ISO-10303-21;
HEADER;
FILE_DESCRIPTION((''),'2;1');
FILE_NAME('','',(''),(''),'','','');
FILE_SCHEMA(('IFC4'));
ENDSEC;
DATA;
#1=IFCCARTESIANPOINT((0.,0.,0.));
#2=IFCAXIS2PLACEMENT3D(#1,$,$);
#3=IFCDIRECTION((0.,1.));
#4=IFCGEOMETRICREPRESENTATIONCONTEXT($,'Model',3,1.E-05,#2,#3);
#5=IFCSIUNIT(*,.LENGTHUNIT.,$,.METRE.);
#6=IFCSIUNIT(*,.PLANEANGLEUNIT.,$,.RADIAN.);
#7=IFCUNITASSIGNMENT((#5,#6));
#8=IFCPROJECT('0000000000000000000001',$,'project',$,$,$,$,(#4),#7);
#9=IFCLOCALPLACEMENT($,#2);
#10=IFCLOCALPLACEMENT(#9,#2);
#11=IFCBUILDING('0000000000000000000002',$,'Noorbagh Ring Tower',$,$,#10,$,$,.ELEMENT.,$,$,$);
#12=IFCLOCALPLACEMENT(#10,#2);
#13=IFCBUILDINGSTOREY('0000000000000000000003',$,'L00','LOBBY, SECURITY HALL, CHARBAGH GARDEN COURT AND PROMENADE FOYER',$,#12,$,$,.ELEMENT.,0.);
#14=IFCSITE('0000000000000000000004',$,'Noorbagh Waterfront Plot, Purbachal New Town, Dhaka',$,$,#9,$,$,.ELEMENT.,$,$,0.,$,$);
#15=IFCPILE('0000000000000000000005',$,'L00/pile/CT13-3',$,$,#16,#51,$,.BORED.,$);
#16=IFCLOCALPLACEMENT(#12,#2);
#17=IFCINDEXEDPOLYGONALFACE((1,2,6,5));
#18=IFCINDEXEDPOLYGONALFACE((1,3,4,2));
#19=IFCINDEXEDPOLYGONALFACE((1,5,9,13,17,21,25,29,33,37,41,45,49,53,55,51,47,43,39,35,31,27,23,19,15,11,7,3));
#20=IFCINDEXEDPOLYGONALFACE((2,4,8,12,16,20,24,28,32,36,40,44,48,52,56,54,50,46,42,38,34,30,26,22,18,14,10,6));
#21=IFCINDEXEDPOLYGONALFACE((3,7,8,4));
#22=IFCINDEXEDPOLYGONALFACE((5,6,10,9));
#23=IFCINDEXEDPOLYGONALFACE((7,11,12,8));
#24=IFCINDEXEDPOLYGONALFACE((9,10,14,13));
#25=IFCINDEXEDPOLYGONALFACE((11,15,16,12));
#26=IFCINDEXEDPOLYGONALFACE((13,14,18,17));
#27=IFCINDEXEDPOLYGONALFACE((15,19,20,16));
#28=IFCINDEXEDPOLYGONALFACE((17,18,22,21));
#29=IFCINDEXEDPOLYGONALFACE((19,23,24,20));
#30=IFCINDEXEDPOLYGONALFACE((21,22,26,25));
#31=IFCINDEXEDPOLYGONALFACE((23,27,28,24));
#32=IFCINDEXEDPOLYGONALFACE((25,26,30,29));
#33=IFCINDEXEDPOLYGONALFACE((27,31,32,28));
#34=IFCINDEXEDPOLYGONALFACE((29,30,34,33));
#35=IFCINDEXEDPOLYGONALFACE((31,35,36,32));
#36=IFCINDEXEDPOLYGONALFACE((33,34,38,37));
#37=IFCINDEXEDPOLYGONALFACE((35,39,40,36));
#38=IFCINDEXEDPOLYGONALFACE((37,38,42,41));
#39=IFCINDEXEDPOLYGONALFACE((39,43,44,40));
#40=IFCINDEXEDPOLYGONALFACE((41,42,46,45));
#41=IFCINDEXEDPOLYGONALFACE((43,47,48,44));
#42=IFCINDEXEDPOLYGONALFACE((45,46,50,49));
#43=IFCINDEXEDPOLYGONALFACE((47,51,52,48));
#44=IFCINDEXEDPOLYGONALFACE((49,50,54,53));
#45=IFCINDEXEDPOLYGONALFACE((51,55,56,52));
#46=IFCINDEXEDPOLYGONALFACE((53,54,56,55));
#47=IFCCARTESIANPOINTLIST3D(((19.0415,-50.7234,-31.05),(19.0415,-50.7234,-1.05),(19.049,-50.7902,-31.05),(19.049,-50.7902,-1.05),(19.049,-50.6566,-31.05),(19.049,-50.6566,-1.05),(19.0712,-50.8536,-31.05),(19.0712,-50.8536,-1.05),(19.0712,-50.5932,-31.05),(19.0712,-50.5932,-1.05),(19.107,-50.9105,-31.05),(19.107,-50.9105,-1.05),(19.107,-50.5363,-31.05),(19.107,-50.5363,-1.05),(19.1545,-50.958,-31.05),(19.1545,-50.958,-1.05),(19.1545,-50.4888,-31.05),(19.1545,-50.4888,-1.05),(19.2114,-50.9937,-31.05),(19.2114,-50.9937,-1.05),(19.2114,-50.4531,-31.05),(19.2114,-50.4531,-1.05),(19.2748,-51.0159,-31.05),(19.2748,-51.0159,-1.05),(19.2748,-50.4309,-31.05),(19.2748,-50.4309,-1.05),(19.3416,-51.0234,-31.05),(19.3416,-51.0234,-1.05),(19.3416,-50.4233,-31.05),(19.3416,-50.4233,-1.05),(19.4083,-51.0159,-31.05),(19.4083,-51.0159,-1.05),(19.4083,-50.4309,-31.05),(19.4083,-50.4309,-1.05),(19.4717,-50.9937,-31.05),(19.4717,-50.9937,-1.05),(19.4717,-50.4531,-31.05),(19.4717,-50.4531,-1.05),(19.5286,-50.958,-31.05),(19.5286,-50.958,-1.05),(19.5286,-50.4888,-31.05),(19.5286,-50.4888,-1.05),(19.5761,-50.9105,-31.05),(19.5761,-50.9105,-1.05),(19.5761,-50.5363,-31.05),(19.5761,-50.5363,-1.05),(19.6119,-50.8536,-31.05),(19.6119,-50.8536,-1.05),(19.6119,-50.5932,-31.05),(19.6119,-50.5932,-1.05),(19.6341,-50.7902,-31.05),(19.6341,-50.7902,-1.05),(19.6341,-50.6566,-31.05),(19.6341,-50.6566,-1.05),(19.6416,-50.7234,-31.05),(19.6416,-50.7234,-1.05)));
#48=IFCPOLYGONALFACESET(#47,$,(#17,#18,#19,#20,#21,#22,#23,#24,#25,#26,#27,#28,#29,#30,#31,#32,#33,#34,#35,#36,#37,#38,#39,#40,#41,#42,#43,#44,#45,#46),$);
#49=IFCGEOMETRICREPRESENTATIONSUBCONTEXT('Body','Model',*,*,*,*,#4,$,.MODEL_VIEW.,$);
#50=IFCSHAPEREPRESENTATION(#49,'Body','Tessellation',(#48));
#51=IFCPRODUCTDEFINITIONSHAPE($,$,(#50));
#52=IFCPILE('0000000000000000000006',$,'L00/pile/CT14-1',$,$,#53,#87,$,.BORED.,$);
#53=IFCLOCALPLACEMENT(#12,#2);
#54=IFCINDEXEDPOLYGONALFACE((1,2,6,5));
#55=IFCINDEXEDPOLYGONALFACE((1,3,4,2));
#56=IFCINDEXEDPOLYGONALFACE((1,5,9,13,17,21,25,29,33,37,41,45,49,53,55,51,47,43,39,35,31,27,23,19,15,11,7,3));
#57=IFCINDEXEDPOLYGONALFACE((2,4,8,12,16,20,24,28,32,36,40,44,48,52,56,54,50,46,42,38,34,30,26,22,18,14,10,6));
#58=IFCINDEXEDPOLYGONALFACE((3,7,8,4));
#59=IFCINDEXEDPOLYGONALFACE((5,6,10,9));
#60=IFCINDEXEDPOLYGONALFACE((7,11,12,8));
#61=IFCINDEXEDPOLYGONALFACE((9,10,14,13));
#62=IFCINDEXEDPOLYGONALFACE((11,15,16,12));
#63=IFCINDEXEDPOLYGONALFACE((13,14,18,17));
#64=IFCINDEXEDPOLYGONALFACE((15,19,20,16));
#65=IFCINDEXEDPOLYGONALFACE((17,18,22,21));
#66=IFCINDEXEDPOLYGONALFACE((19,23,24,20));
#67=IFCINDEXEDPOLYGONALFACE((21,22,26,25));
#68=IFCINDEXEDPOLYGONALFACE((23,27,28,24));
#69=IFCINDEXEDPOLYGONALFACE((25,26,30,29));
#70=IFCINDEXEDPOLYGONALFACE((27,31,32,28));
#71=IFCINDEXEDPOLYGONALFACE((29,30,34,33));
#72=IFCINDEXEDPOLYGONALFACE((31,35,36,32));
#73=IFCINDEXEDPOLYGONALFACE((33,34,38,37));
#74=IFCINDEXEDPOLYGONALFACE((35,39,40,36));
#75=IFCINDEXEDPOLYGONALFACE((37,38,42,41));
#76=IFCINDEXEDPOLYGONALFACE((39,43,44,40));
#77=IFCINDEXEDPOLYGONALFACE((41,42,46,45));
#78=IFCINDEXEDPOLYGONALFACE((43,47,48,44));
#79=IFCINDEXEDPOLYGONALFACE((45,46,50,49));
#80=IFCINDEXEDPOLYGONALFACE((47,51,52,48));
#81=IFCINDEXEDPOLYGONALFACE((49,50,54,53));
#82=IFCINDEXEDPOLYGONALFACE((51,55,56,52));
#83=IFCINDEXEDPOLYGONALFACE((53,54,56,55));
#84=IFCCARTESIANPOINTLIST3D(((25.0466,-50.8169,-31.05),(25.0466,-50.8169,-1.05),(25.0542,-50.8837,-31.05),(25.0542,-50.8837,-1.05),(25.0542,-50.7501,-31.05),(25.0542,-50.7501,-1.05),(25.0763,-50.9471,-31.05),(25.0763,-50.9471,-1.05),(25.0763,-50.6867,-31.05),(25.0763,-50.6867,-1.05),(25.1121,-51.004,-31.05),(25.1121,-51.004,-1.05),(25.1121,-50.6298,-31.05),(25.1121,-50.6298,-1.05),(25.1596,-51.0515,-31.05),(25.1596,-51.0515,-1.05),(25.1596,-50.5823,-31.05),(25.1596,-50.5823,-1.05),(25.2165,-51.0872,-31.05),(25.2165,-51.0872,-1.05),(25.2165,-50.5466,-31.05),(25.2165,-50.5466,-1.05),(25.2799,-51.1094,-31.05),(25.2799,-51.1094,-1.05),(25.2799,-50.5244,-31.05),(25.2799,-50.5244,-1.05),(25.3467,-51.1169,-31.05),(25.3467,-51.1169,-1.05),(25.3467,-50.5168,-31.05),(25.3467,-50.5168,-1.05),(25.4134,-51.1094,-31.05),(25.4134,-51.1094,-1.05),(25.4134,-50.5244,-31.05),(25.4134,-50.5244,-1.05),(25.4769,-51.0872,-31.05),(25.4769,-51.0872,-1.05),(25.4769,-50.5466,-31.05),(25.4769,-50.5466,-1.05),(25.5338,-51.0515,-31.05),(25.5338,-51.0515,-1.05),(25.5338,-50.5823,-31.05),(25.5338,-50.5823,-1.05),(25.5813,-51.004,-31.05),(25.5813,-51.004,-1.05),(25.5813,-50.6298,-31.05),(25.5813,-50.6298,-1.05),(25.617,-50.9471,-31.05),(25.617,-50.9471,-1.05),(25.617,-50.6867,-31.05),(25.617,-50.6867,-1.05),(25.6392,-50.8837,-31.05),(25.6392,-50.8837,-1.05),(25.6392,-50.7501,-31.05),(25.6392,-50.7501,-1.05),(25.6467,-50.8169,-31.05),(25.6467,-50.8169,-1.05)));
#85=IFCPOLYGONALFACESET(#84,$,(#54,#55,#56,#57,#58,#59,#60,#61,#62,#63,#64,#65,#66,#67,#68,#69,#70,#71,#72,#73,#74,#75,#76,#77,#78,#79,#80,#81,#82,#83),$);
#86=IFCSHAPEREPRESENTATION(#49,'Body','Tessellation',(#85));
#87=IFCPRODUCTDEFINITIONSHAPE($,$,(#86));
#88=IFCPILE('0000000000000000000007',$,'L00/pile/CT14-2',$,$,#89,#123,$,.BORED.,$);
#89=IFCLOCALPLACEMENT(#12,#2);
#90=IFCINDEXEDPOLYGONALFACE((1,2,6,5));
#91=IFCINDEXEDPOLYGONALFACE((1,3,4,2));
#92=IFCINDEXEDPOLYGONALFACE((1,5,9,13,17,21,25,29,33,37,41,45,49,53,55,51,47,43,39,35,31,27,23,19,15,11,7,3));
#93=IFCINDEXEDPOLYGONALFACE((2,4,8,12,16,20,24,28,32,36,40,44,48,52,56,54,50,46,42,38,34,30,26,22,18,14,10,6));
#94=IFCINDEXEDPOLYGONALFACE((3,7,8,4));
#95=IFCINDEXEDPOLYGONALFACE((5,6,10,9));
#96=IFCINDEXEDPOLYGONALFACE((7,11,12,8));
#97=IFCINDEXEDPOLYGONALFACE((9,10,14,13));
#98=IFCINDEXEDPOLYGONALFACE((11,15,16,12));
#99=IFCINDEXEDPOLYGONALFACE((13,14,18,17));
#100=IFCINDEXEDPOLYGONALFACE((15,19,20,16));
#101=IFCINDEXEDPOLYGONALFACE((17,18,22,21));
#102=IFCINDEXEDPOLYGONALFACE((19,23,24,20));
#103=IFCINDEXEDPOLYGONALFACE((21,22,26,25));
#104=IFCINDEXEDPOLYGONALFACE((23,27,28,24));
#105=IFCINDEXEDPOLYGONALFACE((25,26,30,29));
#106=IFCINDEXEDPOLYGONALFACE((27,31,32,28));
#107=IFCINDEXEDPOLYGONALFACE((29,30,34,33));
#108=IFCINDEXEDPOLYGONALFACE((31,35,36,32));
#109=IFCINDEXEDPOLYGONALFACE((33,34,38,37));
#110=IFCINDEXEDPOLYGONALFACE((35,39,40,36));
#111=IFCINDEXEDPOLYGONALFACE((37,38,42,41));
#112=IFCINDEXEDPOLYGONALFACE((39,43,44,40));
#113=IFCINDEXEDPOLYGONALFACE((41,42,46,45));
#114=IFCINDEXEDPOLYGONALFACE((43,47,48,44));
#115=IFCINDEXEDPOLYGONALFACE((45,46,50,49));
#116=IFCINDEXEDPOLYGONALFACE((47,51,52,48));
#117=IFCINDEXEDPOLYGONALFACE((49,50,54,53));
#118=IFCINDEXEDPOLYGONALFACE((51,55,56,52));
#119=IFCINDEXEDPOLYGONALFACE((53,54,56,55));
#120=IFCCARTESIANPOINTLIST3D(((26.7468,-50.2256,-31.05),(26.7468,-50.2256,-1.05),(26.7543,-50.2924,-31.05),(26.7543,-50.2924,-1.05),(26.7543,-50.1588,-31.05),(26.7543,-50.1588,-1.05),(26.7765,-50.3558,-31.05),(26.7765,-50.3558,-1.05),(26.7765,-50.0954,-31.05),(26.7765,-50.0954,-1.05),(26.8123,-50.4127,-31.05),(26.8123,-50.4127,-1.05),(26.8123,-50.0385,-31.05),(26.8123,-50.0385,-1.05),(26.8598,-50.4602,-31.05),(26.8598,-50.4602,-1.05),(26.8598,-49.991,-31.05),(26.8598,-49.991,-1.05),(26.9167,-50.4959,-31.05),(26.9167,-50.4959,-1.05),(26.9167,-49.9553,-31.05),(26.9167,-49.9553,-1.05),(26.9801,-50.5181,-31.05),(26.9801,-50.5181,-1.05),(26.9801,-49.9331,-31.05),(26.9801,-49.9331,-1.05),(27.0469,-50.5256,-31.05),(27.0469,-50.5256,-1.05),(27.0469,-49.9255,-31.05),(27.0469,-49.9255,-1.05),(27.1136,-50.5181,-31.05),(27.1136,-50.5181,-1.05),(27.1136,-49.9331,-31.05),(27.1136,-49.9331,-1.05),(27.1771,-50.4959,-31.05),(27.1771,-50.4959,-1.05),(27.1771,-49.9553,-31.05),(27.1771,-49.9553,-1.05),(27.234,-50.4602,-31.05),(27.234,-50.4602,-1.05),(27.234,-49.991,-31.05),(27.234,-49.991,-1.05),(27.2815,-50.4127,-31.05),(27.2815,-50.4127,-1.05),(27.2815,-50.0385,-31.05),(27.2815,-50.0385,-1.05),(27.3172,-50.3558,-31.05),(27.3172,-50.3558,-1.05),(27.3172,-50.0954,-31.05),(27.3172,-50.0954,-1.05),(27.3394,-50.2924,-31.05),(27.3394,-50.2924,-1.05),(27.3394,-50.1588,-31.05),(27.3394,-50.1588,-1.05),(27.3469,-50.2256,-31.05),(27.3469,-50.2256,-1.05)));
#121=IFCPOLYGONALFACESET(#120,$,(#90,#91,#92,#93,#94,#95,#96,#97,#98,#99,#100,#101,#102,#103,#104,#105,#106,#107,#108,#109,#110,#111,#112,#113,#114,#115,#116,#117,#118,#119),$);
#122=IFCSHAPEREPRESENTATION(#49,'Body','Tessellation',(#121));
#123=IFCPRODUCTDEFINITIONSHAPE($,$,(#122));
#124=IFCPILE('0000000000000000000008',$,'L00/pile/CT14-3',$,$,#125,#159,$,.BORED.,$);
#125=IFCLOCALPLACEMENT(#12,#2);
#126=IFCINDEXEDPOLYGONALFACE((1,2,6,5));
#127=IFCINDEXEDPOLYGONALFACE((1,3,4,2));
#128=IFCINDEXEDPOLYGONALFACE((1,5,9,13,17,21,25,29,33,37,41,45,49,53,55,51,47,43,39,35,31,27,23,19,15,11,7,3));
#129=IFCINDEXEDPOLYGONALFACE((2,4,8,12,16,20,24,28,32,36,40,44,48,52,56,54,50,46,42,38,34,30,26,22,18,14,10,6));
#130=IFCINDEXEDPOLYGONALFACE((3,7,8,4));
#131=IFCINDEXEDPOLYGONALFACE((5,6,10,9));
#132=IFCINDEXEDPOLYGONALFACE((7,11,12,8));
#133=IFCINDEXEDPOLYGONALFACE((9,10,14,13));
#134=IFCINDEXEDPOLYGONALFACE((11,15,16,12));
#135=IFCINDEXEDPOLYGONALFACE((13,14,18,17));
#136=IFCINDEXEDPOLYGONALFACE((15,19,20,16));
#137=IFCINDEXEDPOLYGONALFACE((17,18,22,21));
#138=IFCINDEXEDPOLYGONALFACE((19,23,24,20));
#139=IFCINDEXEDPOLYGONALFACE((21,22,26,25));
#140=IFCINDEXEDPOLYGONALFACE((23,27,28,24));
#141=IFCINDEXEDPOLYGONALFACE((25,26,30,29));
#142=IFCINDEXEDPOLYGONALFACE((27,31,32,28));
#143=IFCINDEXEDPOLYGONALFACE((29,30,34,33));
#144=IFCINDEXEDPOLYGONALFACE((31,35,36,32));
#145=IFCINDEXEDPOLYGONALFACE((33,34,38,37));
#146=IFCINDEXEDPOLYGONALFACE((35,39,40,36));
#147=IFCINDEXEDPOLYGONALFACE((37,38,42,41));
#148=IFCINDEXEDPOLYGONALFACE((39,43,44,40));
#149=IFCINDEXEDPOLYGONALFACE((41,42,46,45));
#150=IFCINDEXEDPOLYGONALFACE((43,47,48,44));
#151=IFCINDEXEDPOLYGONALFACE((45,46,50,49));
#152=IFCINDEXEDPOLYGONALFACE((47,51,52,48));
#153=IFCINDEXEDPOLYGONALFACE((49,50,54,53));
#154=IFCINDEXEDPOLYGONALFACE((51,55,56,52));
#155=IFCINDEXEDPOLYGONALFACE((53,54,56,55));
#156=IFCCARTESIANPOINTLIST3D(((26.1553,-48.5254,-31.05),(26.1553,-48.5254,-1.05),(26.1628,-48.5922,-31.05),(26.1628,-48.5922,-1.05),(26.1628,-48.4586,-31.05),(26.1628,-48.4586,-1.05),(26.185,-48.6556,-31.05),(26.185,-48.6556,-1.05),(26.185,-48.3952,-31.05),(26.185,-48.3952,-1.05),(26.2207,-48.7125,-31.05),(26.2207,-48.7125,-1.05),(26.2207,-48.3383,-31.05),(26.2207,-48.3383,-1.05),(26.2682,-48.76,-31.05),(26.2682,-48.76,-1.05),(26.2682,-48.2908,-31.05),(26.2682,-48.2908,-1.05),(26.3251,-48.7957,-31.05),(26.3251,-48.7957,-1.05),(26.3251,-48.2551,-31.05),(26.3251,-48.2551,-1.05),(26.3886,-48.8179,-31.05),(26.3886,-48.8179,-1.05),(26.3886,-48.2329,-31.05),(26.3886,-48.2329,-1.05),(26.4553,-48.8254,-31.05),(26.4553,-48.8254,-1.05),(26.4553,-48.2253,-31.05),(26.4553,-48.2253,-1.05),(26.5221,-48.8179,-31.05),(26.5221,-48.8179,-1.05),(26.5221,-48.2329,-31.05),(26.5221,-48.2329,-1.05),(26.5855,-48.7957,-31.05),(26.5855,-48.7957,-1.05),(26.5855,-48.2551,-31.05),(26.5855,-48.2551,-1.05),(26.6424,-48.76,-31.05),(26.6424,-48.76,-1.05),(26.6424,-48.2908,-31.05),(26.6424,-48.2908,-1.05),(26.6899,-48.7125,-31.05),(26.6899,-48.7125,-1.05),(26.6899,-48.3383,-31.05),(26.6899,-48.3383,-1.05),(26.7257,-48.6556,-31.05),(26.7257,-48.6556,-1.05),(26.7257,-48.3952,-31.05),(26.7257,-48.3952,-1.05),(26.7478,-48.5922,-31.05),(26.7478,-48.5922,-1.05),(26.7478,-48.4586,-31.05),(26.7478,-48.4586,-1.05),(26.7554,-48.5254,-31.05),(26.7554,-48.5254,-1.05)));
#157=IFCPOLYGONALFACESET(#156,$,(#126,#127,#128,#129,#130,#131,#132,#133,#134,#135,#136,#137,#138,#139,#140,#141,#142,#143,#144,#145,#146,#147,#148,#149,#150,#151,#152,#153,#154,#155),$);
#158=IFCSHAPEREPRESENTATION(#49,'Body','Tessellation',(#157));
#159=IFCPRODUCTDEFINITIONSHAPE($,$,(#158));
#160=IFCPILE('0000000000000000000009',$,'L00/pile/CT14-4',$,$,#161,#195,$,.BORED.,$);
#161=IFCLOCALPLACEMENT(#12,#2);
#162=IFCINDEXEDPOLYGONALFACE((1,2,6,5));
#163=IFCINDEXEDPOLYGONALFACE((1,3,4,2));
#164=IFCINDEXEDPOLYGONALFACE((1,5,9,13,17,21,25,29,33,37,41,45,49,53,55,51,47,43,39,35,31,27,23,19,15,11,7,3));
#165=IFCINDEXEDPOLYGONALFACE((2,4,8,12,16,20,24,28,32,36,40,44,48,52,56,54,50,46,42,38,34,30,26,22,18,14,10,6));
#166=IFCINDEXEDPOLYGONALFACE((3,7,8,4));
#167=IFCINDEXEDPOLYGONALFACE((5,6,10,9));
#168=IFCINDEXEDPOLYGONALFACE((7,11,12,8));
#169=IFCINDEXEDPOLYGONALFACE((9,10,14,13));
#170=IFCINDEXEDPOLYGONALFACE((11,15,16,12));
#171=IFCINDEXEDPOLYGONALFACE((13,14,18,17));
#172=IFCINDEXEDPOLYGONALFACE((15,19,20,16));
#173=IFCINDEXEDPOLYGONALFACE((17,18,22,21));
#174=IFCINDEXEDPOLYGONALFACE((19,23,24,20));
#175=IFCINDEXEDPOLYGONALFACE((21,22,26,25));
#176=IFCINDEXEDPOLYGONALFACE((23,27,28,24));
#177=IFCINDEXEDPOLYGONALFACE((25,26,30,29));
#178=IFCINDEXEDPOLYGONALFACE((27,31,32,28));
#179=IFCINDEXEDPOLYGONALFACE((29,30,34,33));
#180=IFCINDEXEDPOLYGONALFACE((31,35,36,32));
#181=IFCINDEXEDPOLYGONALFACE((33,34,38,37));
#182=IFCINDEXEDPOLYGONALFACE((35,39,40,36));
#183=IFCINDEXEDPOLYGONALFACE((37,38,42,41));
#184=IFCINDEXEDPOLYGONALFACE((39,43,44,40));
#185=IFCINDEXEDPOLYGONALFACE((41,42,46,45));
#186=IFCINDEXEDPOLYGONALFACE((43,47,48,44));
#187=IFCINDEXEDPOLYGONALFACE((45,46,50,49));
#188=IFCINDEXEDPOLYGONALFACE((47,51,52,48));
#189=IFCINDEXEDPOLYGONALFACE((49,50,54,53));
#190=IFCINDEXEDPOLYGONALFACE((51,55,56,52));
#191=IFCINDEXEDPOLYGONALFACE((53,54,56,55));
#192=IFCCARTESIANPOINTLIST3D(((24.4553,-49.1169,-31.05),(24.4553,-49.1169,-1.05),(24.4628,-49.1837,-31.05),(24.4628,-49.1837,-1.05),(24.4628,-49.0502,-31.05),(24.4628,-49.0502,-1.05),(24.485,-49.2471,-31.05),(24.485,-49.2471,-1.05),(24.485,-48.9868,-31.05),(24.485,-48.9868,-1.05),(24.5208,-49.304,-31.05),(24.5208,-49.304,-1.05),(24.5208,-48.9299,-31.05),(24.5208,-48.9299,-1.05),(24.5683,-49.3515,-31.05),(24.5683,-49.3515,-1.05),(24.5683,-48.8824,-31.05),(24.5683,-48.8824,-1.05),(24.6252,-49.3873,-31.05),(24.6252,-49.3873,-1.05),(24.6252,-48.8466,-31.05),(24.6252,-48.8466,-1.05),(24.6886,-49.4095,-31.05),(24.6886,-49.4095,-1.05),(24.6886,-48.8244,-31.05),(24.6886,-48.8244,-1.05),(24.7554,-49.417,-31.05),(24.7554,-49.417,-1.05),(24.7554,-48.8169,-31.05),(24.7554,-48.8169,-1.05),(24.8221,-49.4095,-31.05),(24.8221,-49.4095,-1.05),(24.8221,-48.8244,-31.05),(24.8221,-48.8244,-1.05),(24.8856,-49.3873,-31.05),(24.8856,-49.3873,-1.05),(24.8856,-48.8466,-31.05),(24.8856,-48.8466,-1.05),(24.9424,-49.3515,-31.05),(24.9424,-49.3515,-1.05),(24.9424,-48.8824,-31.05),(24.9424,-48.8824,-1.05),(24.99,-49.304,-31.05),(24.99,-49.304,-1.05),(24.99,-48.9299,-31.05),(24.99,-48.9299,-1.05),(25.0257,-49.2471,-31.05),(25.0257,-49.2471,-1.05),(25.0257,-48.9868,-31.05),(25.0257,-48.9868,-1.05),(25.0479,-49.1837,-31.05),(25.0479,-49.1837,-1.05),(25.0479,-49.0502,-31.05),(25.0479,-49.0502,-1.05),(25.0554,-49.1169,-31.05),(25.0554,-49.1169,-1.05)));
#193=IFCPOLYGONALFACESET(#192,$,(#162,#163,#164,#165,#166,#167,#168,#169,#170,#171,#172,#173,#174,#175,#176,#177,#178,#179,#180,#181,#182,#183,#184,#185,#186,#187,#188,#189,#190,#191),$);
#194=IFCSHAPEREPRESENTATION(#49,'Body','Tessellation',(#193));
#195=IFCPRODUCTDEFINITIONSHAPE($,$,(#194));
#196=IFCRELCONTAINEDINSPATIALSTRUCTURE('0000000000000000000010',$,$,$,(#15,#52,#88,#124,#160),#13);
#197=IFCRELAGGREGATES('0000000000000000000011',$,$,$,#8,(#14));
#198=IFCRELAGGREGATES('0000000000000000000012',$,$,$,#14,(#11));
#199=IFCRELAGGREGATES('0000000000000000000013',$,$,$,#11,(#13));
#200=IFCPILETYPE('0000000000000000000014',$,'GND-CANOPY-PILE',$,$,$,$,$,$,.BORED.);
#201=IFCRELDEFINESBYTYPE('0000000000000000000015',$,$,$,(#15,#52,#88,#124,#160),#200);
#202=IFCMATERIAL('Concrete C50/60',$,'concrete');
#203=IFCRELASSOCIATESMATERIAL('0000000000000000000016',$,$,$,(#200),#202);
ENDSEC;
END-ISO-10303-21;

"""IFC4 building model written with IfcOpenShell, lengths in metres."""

from ifc_helpers import new_model, si_unit, direction, frame, origin, origin_2d, place, context, subcontext, project, spatial, circle, extrude, material, material_profile, profile_set, type_object, element, save


model = new_model("IFC4")

# Units and contexts
model_context = context("Model", 3, precision=1e-05, world=origin(), true_north=direction((0.0, 1.0)))
body_context = subcontext(model_context, "Body", "Model", "MODEL_VIEW")
ifc_project = project(units=[si_unit("LENGTHUNIT", "METRE"), si_unit("PLANEANGLEUNIT", "RADIAN")], contexts=[model_context])

# Site, building, storey
site_placement = place(None, origin())
site = spatial("IfcSite", under=ifc_project, at=site_placement, Name="Noorbagh Waterfront Plot, Purbachal New Town, Dhaka", CompositionType="ELEMENT", RefElevation=0.0)
building_placement = place(site_placement, origin())
building = spatial("IfcBuilding", under=site, at=building_placement, Name="Noorbagh Ring Tower", CompositionType="ELEMENT")
storey_placement = place(building_placement, origin())
storey = spatial("IfcBuildingStorey", under=building, at=storey_placement, Name="L00", Description="LOBBY, SECURITY HALL, CHARBAGH GARDEN COURT AND PROMENADE FOYER", CompositionType="ELEMENT", Elevation=0.0)

# Piles
ifc_material_1 = material(Name="Concrete C50/60", Category="concrete")
ifc_material_profile_1 = material_profile(ifc_material_1, circle(Radius=0.3, at=origin_2d()), Name="PILE600")
ifc_profile_set_1 = profile_set([ifc_material_profile_1], Name="Concrete C50/60")
pile_type = type_object("IfcPileType", Name="GND-CANOPY-PILE", PredefinedType="BORED", material=ifc_profile_set_1)
for number, where, z_axis, x_axis, name in (
    (1, (19.3416, -50.7234, -1.05), (0.0, 0.0, -1.0), (1.0, 0.0, 0.0), "L00/pile/CT13-3"),
    (2, (25.3467, -50.8169, -1.05), (0.0, 0.0, -1.0), (1.0, 0.0, 0.0), "L00/pile/CT14-1"),
    (3, (27.0469, -50.2256, -1.05), (0.0, 0.0, -1.0), (1.0, 0.0, 0.0), "L00/pile/CT14-2"),
    (4, (26.4553, -48.5254, -1.05), (0.0, 0.0, -1.0), (1.0, 0.0, 0.0), "L00/pile/CT14-3"),
    (5, (24.7554, -49.1169, -1.05), (0.0, 0.0, -1.0), (1.0, 0.0, 0.0), "L00/pile/CT14-4"),
):
    element("IfcPile", number, at=place(storey_placement, frame(where, z_axis=z_axis, x_axis=x_axis)), inside=storey, type_object=pile_type, Name=name, PredefinedType="BORED", context=body_context, shape_type="SweptSolid", body=[
        extrude(circle(Radius=0.3, at=origin_2d()), origin(), (0.0, 0.0, 1.0), 30.0),
    ])

save(model, "model.ifc")
